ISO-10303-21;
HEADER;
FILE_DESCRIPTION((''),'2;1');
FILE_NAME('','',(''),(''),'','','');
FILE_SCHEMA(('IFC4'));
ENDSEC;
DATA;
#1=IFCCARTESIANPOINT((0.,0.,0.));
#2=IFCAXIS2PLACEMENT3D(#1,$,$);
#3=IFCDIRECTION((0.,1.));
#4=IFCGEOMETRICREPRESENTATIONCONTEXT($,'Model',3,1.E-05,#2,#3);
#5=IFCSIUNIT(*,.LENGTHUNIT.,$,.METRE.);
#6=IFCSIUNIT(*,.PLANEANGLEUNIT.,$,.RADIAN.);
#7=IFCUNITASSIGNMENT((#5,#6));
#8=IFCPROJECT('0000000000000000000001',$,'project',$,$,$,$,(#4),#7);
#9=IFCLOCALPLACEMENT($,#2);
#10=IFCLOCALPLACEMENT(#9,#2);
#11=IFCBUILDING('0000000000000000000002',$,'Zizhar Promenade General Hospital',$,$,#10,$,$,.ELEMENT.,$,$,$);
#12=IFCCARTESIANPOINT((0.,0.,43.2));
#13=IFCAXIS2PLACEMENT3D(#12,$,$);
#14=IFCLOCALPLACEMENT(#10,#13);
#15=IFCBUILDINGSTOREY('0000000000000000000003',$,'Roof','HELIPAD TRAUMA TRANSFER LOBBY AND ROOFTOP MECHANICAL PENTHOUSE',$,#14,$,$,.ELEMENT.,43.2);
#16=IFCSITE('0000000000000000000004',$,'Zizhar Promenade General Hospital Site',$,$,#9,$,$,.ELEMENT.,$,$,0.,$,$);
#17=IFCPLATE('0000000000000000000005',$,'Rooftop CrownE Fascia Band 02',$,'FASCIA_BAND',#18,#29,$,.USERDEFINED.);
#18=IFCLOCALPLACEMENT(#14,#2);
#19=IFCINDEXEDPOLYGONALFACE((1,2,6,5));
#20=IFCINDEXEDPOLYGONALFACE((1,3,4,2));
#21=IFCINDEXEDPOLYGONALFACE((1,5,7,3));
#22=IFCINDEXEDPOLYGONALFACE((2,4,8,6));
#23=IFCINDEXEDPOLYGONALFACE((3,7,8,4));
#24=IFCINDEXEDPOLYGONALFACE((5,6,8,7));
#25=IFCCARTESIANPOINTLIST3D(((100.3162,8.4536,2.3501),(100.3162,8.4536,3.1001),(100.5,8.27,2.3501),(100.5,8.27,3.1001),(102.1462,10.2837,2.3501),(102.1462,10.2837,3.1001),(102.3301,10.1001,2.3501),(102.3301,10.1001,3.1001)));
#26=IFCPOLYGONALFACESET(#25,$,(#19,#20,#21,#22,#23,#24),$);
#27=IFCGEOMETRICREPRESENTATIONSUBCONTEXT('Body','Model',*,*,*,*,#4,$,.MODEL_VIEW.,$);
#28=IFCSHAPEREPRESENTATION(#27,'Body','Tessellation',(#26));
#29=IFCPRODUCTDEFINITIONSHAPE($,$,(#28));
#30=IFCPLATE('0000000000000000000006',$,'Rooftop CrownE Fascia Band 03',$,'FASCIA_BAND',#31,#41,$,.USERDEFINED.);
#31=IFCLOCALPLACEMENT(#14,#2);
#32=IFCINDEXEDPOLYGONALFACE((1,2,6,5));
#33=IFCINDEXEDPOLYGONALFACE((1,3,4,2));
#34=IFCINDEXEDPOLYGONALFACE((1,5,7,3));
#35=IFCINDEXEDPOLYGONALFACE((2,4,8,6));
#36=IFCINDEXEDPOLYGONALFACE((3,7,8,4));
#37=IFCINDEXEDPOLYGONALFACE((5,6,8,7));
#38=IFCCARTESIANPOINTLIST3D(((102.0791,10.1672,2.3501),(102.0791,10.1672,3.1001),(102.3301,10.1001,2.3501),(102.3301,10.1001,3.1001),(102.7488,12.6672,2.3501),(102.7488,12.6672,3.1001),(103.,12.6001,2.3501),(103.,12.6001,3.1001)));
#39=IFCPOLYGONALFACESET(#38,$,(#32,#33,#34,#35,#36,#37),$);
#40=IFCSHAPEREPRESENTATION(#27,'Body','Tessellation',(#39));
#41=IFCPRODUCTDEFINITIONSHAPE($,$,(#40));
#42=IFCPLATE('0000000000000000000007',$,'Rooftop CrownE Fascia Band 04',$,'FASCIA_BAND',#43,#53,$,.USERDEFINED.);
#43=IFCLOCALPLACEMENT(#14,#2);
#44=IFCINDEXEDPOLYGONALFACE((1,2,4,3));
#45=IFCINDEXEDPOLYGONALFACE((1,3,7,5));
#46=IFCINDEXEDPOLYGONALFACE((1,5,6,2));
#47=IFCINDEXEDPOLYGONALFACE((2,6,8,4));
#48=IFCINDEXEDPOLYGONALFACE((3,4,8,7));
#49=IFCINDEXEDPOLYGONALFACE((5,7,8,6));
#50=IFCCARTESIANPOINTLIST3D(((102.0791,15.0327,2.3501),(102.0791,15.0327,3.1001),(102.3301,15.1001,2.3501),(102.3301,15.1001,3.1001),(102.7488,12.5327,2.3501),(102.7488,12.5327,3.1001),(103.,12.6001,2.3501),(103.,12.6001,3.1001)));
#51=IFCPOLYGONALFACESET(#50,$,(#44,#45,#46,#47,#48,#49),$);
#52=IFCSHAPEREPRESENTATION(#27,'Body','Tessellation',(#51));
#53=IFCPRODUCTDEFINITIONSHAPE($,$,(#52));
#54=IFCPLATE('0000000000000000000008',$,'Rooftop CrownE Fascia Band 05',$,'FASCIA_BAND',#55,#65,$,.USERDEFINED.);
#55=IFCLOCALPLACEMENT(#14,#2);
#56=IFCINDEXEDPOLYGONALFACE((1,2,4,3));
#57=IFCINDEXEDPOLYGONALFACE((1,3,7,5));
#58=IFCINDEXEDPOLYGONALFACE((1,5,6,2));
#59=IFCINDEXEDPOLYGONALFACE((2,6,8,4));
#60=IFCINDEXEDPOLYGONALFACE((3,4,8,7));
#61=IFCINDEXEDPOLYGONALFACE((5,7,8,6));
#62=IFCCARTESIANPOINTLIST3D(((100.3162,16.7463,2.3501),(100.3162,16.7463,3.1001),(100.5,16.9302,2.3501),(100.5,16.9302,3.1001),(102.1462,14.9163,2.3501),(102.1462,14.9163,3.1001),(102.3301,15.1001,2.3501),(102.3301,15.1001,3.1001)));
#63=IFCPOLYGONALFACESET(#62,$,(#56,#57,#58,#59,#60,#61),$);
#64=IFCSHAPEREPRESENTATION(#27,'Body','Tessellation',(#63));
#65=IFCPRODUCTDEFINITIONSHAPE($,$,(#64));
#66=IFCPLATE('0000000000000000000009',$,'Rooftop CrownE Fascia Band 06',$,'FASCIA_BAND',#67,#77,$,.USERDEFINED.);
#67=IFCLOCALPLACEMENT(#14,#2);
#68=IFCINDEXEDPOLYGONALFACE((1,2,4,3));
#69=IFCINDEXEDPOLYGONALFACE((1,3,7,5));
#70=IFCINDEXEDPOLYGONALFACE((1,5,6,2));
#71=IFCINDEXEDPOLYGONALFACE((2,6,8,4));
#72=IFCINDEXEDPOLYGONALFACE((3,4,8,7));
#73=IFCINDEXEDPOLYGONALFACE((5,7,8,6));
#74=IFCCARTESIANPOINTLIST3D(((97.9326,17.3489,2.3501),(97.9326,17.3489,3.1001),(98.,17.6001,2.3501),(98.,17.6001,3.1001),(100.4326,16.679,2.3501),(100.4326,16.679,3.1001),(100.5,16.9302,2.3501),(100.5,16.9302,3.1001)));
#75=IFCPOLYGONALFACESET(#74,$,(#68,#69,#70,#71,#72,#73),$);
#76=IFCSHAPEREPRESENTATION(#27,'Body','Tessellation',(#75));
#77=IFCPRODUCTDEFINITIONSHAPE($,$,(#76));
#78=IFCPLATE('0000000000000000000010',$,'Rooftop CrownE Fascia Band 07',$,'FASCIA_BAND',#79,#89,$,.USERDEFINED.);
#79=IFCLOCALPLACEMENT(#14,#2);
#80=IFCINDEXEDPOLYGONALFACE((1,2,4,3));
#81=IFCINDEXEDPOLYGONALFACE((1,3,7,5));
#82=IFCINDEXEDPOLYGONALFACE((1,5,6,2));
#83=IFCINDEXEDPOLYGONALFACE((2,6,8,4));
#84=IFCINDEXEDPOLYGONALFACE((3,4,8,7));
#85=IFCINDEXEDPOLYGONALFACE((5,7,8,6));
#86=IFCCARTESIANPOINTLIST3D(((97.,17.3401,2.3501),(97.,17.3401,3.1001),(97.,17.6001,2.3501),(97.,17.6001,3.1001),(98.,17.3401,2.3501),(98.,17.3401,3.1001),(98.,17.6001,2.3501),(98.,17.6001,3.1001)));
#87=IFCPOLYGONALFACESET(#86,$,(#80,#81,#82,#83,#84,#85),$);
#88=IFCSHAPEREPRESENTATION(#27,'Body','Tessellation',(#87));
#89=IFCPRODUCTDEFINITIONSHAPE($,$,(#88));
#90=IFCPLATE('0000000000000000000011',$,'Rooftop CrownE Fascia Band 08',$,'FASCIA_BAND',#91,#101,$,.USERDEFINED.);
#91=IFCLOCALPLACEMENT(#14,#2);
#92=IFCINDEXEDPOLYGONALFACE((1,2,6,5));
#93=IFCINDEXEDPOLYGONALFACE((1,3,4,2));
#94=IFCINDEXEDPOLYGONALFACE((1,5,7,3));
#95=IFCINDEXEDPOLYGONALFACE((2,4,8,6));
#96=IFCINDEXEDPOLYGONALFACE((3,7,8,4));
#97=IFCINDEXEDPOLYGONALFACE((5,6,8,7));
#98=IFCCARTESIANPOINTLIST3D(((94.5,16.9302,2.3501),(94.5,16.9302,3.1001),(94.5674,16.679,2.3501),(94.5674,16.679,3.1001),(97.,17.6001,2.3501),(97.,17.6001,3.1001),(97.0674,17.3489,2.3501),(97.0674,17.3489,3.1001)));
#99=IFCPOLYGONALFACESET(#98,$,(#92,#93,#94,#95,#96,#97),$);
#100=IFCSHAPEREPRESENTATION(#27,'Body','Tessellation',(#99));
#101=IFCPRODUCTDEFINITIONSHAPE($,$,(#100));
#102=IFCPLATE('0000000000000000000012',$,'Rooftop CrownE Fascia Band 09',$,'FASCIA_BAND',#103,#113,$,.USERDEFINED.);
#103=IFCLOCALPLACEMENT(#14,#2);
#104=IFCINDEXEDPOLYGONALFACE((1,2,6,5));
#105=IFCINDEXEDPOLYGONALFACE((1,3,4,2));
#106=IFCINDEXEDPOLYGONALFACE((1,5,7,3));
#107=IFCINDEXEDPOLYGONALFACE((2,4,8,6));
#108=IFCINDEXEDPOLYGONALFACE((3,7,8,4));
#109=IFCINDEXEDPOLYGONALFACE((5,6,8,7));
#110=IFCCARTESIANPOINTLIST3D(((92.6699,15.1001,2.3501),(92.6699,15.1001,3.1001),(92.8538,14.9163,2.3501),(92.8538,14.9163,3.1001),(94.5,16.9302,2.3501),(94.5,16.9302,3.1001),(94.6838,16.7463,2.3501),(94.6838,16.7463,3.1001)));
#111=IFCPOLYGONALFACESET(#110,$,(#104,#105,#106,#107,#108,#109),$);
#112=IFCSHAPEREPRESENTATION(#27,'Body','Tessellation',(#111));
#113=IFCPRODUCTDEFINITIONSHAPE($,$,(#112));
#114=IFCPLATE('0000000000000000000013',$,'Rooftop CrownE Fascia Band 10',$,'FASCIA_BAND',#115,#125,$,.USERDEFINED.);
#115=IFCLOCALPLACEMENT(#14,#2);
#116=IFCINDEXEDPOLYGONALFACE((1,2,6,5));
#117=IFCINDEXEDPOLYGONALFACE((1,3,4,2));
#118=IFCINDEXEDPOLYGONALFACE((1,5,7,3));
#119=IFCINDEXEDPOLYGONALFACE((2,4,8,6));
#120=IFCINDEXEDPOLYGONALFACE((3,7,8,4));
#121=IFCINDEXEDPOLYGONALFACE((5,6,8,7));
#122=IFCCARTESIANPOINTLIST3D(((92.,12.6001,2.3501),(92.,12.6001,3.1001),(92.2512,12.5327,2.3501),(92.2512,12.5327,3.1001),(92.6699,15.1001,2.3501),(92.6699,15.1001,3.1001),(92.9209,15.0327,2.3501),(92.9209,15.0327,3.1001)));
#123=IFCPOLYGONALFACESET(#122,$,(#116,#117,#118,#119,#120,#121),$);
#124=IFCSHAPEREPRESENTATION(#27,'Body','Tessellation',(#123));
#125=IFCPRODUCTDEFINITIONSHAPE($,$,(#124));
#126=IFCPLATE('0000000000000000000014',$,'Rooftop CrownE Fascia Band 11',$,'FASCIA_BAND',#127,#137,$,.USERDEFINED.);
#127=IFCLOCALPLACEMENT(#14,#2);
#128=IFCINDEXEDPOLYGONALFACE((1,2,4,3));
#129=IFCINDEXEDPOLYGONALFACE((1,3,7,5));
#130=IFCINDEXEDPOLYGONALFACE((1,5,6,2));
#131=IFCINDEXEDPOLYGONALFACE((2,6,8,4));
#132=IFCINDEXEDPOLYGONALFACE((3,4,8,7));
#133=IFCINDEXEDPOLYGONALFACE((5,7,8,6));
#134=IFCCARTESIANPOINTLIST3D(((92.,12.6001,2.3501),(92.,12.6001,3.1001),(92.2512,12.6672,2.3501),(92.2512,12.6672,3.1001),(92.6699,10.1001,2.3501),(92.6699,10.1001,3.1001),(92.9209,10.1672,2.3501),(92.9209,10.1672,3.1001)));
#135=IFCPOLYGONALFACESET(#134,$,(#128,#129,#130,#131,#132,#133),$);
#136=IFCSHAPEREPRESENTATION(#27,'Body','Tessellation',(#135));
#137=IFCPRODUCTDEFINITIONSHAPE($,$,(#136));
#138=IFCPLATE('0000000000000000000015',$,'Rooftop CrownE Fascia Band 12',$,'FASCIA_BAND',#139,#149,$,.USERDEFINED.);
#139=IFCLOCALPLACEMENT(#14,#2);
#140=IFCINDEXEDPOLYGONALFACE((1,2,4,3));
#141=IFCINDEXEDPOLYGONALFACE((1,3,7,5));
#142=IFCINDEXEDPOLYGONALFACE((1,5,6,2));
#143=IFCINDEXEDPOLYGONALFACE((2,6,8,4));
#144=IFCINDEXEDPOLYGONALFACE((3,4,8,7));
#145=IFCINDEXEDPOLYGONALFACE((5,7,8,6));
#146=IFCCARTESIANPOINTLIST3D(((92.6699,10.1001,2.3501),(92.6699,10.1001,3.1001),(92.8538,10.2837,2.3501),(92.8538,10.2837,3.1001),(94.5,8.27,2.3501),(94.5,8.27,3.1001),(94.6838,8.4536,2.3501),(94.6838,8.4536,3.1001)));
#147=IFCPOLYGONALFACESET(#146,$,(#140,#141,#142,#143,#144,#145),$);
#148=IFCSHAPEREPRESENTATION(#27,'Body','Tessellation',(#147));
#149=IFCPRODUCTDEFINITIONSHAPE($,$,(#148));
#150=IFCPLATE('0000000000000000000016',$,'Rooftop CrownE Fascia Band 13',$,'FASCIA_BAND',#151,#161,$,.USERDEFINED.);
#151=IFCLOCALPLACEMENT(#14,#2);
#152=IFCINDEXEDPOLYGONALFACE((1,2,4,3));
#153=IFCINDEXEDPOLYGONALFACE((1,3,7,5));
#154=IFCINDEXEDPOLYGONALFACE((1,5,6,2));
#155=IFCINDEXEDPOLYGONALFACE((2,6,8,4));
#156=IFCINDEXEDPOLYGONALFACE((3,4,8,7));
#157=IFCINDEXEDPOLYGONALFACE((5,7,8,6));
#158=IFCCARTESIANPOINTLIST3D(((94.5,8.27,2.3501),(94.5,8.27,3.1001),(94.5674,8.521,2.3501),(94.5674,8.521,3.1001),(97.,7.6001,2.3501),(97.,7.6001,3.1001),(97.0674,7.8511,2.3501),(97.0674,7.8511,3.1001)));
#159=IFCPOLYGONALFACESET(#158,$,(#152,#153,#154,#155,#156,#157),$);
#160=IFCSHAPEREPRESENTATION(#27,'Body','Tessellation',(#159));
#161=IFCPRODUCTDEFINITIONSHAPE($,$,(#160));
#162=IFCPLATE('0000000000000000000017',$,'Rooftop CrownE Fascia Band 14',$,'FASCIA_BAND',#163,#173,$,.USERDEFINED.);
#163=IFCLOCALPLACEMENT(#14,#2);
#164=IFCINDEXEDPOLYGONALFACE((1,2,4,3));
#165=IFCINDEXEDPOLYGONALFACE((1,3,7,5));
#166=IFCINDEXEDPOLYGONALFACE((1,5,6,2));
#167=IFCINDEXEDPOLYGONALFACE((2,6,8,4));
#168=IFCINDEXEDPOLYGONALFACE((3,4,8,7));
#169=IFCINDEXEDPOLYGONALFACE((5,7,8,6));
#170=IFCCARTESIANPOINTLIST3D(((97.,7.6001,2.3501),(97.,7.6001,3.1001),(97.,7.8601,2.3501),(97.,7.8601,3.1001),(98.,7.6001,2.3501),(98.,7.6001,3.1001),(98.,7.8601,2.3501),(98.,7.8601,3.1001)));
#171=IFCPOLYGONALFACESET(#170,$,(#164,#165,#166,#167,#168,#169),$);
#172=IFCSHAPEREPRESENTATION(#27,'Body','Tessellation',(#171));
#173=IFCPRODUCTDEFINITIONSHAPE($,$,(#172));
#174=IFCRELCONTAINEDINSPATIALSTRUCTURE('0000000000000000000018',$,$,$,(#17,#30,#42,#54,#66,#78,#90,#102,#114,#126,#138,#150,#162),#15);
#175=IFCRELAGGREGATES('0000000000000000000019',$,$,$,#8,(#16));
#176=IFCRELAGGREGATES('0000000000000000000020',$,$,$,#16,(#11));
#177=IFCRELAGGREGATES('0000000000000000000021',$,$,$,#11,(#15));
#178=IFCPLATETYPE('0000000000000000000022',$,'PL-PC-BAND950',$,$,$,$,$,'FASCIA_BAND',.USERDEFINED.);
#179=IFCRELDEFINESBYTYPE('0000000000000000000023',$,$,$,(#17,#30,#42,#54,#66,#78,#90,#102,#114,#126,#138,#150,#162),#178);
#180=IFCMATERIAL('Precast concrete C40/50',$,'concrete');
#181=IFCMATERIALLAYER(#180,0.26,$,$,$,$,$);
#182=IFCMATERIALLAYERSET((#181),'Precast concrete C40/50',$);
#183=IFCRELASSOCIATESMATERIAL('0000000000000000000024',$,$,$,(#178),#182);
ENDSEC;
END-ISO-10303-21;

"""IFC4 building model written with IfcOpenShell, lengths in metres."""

from ifc_helpers import new_model, si_unit, direction, frame, origin, place, context, subcontext, project, spatial, polyline, outline, extrude, material, layer, layer_set, type_object, element, save


model = new_model("IFC4")

# Units and contexts
model_context = context("Model", 3, precision=1e-05, world=origin(), true_north=direction((0.0, 1.0)))
body_context = subcontext(model_context, "Body", "Model", "MODEL_VIEW")
ifc_project = project(units=[si_unit("LENGTHUNIT", "METRE"), si_unit("PLANEANGLEUNIT", "RADIAN")], contexts=[model_context])

# Site, building, storey
site_placement = place(None, origin())
site = spatial("IfcSite", under=ifc_project, at=site_placement, Name="Zizhar Promenade General Hospital Site", CompositionType="ELEMENT", RefElevation=0.0)
building_placement = place(site_placement, origin())
building = spatial("IfcBuilding", under=site, at=building_placement, Name="Zizhar Promenade General Hospital", CompositionType="ELEMENT")
storey_placement = place(building_placement, frame((0.0, 0.0, 43.2)))
storey = spatial("IfcBuildingStorey", under=building, at=storey_placement, Name="Roof", Description="HELIPAD TRAUMA TRANSFER LOBBY AND ROOFTOP MECHANICAL PENTHOUSE", CompositionType="ELEMENT", Elevation=43.2)

# Plates
ifc_material_1 = material(Name="Precast concrete C40/50", Category="concrete")
ifc_layer_1 = layer(ifc_material_1, 0.26)
ifc_layer_set_1 = layer_set([ifc_layer_1], Name="Precast concrete C40/50")
plate_type_1 = type_object("IfcPlateType", Name="PL-PC-BAND950", ElementType="FASCIA_BAND", PredefinedType="USERDEFINED", material=ifc_layer_set_1)
plate_1_placement = place(storey_placement, frame((0.0, 0.0, 2.3501)))
element("IfcPlate", 1, at=plate_1_placement, inside=storey, type_object=plate_type_1, Name="Rooftop CrownE Fascia Band 02", ObjectType="FASCIA_BAND", PredefinedType="USERDEFINED", context=body_context, shape_type="SweptSolid", body=[
    extrude(outline(polyline([(100.5, 8.27), (102.3301, 10.1001), (102.1462, 10.2837), (100.3162, 8.4536), (100.5, 8.27)])), origin(), (0.0, 0.0, 1.0), 0.75),
])
plate_2_placement = place(storey_placement, frame((0.0, 0.0, 2.3501)))
element("IfcPlate", 2, at=plate_2_placement, inside=storey, type_object=plate_type_1, Name="Rooftop CrownE Fascia Band 03", ObjectType="FASCIA_BAND", PredefinedType="USERDEFINED", context=body_context, shape_type="SweptSolid", body=[
    extrude(outline(polyline([(102.3301, 10.1001), (103.0, 12.6001), (102.7488, 12.6672), (102.0791, 10.1672), (102.3301, 10.1001)])), origin(), (0.0, 0.0, 1.0), 0.75),
])
plate_3_placement = place(storey_placement, frame((0.0, 0.0, 2.3501)))
element("IfcPlate", 3, at=plate_3_placement, inside=storey, type_object=plate_type_1, Name="Rooftop CrownE Fascia Band 04", ObjectType="FASCIA_BAND", PredefinedType="USERDEFINED", context=body_context, shape_type="SweptSolid", body=[
    extrude(outline(polyline([(103.0, 12.6001), (102.3301, 15.1001), (102.0791, 15.0327), (102.7488, 12.5327), (103.0, 12.6001)])), origin(), (0.0, 0.0, 1.0), 0.75),
])
plate_4_placement = place(storey_placement, frame((0.0, 0.0, 2.3501)))
element("IfcPlate", 4, at=plate_4_placement, inside=storey, type_object=plate_type_1, Name="Rooftop CrownE Fascia Band 05", ObjectType="FASCIA_BAND", PredefinedType="USERDEFINED", context=body_context, shape_type="SweptSolid", body=[
    extrude(outline(polyline([(102.3301, 15.1001), (100.5, 16.9302), (100.3162, 16.7463), (102.1462, 14.9163), (102.3301, 15.1001)])), origin(), (0.0, 0.0, 1.0), 0.75),
])
plate_5_placement = place(storey_placement, frame((0.0, 0.0, 2.3501)))
element("IfcPlate", 5, at=plate_5_placement, inside=storey, type_object=plate_type_1, Name="Rooftop CrownE Fascia Band 06", ObjectType="FASCIA_BAND", PredefinedType="USERDEFINED", context=body_context, shape_type="SweptSolid", body=[
    extrude(outline(polyline([(100.5, 16.9302), (98.0, 17.6001), (97.9326, 17.3489), (100.4326, 16.679), (100.5, 16.9302)])), origin(), (0.0, 0.0, 1.0), 0.75),
])
plate_6_placement = place(storey_placement, frame((0.0, 0.0, 2.3501)))
element("IfcPlate", 6, at=plate_6_placement, inside=storey, type_object=plate_type_1, Name="Rooftop CrownE Fascia Band 07", ObjectType="FASCIA_BAND", PredefinedType="USERDEFINED", context=body_context, shape_type="SweptSolid", body=[
    extrude(outline(polyline([(98.0, 17.6001), (97.0, 17.6001), (97.0, 17.3401), (98.0, 17.3401), (98.0, 17.6001)])), origin(), (0.0, 0.0, 1.0), 0.75),
])
plate_7_placement = place(storey_placement, frame((0.0, 0.0, 2.3501)))
element("IfcPlate", 7, at=plate_7_placement, inside=storey, type_object=plate_type_1, Name="Rooftop CrownE Fascia Band 08", ObjectType="FASCIA_BAND", PredefinedType="USERDEFINED", context=body_context, shape_type="SweptSolid", body=[
    extrude(outline(polyline([(97.0, 17.6001), (94.5, 16.9302), (94.5674, 16.679), (97.0674, 17.3489), (97.0, 17.6001)])), origin(), (0.0, 0.0, 1.0), 0.75),
])
plate_8_placement = place(storey_placement, frame((0.0, 0.0, 2.3501)))
element("IfcPlate", 8, at=plate_8_placement, inside=storey, type_object=plate_type_1, Name="Rooftop CrownE Fascia Band 09", ObjectType="FASCIA_BAND", PredefinedType="USERDEFINED", context=body_context, shape_type="SweptSolid", body=[
    extrude(outline(polyline([(94.5, 16.9302), (92.6699, 15.1001), (92.8538, 14.9163), (94.6838, 16.7463), (94.5, 16.9302)])), origin(), (0.0, 0.0, 1.0), 0.75),
])
plate_9_placement = place(storey_placement, frame((0.0, 0.0, 2.3501)))
element("IfcPlate", 9, at=plate_9_placement, inside=storey, type_object=plate_type_1, Name="Rooftop CrownE Fascia Band 10", ObjectType="FASCIA_BAND", PredefinedType="USERDEFINED", context=body_context, shape_type="SweptSolid", body=[
    extrude(outline(polyline([(92.6699, 15.1001), (92.0, 12.6001), (92.2512, 12.5327), (92.9209, 15.0327), (92.6699, 15.1001)])), origin(), (0.0, 0.0, 1.0), 0.75),
])
plate_10_placement = place(storey_placement, frame((0.0, 0.0, 2.3501)))
element("IfcPlate", 10, at=plate_10_placement, inside=storey, type_object=plate_type_1, Name="Rooftop CrownE Fascia Band 11", ObjectType="FASCIA_BAND", PredefinedType="USERDEFINED", context=body_context, shape_type="SweptSolid", body=[
    extrude(outline(polyline([(92.0, 12.6001), (92.6699, 10.1001), (92.9209, 10.1672), (92.2512, 12.6672), (92.0, 12.6001)])), origin(), (0.0, 0.0, 1.0), 0.75),
])
plate_11_placement = place(storey_placement, frame((0.0, 0.0, 2.3501)))
element("IfcPlate", 11, at=plate_11_placement, inside=storey, type_object=plate_type_1, Name="Rooftop CrownE Fascia Band 12", ObjectType="FASCIA_BAND", PredefinedType="USERDEFINED", context=body_context, shape_type="SweptSolid", body=[
    extrude(outline(polyline([(92.6699, 10.1001), (94.5, 8.27), (94.6838, 8.4536), (92.8538, 10.2837), (92.6699, 10.1001)])), origin(), (0.0, 0.0, 1.0), 0.75),
])
plate_12_placement = place(storey_placement, frame((0.0, 0.0, 2.3501)))
element("IfcPlate", 12, at=plate_12_placement, inside=storey, type_object=plate_type_1, Name="Rooftop CrownE Fascia Band 13", ObjectType="FASCIA_BAND", PredefinedType="USERDEFINED", context=body_context, shape_type="SweptSolid", body=[
    extrude(outline(polyline([(94.5, 8.27), (97.0, 7.6001), (97.0674, 7.8511), (94.5674, 8.521), (94.5, 8.27)])), origin(), (0.0, 0.0, 1.0), 0.75),
])
plate_13_placement = place(storey_placement, frame((0.0, 0.0, 2.3501)))
element("IfcPlate", 13, at=plate_13_placement, inside=storey, type_object=plate_type_1, Name="Rooftop CrownE Fascia Band 14", ObjectType="FASCIA_BAND", PredefinedType="USERDEFINED", context=body_context, shape_type="SweptSolid", body=[
    extrude(outline(polyline([(97.0, 7.6001), (98.0, 7.6001), (98.0, 7.8601), (97.0, 7.8601), (97.0, 7.6001)])), origin(), (0.0, 0.0, 1.0), 0.75),
])

save(model, "model.ifc")
